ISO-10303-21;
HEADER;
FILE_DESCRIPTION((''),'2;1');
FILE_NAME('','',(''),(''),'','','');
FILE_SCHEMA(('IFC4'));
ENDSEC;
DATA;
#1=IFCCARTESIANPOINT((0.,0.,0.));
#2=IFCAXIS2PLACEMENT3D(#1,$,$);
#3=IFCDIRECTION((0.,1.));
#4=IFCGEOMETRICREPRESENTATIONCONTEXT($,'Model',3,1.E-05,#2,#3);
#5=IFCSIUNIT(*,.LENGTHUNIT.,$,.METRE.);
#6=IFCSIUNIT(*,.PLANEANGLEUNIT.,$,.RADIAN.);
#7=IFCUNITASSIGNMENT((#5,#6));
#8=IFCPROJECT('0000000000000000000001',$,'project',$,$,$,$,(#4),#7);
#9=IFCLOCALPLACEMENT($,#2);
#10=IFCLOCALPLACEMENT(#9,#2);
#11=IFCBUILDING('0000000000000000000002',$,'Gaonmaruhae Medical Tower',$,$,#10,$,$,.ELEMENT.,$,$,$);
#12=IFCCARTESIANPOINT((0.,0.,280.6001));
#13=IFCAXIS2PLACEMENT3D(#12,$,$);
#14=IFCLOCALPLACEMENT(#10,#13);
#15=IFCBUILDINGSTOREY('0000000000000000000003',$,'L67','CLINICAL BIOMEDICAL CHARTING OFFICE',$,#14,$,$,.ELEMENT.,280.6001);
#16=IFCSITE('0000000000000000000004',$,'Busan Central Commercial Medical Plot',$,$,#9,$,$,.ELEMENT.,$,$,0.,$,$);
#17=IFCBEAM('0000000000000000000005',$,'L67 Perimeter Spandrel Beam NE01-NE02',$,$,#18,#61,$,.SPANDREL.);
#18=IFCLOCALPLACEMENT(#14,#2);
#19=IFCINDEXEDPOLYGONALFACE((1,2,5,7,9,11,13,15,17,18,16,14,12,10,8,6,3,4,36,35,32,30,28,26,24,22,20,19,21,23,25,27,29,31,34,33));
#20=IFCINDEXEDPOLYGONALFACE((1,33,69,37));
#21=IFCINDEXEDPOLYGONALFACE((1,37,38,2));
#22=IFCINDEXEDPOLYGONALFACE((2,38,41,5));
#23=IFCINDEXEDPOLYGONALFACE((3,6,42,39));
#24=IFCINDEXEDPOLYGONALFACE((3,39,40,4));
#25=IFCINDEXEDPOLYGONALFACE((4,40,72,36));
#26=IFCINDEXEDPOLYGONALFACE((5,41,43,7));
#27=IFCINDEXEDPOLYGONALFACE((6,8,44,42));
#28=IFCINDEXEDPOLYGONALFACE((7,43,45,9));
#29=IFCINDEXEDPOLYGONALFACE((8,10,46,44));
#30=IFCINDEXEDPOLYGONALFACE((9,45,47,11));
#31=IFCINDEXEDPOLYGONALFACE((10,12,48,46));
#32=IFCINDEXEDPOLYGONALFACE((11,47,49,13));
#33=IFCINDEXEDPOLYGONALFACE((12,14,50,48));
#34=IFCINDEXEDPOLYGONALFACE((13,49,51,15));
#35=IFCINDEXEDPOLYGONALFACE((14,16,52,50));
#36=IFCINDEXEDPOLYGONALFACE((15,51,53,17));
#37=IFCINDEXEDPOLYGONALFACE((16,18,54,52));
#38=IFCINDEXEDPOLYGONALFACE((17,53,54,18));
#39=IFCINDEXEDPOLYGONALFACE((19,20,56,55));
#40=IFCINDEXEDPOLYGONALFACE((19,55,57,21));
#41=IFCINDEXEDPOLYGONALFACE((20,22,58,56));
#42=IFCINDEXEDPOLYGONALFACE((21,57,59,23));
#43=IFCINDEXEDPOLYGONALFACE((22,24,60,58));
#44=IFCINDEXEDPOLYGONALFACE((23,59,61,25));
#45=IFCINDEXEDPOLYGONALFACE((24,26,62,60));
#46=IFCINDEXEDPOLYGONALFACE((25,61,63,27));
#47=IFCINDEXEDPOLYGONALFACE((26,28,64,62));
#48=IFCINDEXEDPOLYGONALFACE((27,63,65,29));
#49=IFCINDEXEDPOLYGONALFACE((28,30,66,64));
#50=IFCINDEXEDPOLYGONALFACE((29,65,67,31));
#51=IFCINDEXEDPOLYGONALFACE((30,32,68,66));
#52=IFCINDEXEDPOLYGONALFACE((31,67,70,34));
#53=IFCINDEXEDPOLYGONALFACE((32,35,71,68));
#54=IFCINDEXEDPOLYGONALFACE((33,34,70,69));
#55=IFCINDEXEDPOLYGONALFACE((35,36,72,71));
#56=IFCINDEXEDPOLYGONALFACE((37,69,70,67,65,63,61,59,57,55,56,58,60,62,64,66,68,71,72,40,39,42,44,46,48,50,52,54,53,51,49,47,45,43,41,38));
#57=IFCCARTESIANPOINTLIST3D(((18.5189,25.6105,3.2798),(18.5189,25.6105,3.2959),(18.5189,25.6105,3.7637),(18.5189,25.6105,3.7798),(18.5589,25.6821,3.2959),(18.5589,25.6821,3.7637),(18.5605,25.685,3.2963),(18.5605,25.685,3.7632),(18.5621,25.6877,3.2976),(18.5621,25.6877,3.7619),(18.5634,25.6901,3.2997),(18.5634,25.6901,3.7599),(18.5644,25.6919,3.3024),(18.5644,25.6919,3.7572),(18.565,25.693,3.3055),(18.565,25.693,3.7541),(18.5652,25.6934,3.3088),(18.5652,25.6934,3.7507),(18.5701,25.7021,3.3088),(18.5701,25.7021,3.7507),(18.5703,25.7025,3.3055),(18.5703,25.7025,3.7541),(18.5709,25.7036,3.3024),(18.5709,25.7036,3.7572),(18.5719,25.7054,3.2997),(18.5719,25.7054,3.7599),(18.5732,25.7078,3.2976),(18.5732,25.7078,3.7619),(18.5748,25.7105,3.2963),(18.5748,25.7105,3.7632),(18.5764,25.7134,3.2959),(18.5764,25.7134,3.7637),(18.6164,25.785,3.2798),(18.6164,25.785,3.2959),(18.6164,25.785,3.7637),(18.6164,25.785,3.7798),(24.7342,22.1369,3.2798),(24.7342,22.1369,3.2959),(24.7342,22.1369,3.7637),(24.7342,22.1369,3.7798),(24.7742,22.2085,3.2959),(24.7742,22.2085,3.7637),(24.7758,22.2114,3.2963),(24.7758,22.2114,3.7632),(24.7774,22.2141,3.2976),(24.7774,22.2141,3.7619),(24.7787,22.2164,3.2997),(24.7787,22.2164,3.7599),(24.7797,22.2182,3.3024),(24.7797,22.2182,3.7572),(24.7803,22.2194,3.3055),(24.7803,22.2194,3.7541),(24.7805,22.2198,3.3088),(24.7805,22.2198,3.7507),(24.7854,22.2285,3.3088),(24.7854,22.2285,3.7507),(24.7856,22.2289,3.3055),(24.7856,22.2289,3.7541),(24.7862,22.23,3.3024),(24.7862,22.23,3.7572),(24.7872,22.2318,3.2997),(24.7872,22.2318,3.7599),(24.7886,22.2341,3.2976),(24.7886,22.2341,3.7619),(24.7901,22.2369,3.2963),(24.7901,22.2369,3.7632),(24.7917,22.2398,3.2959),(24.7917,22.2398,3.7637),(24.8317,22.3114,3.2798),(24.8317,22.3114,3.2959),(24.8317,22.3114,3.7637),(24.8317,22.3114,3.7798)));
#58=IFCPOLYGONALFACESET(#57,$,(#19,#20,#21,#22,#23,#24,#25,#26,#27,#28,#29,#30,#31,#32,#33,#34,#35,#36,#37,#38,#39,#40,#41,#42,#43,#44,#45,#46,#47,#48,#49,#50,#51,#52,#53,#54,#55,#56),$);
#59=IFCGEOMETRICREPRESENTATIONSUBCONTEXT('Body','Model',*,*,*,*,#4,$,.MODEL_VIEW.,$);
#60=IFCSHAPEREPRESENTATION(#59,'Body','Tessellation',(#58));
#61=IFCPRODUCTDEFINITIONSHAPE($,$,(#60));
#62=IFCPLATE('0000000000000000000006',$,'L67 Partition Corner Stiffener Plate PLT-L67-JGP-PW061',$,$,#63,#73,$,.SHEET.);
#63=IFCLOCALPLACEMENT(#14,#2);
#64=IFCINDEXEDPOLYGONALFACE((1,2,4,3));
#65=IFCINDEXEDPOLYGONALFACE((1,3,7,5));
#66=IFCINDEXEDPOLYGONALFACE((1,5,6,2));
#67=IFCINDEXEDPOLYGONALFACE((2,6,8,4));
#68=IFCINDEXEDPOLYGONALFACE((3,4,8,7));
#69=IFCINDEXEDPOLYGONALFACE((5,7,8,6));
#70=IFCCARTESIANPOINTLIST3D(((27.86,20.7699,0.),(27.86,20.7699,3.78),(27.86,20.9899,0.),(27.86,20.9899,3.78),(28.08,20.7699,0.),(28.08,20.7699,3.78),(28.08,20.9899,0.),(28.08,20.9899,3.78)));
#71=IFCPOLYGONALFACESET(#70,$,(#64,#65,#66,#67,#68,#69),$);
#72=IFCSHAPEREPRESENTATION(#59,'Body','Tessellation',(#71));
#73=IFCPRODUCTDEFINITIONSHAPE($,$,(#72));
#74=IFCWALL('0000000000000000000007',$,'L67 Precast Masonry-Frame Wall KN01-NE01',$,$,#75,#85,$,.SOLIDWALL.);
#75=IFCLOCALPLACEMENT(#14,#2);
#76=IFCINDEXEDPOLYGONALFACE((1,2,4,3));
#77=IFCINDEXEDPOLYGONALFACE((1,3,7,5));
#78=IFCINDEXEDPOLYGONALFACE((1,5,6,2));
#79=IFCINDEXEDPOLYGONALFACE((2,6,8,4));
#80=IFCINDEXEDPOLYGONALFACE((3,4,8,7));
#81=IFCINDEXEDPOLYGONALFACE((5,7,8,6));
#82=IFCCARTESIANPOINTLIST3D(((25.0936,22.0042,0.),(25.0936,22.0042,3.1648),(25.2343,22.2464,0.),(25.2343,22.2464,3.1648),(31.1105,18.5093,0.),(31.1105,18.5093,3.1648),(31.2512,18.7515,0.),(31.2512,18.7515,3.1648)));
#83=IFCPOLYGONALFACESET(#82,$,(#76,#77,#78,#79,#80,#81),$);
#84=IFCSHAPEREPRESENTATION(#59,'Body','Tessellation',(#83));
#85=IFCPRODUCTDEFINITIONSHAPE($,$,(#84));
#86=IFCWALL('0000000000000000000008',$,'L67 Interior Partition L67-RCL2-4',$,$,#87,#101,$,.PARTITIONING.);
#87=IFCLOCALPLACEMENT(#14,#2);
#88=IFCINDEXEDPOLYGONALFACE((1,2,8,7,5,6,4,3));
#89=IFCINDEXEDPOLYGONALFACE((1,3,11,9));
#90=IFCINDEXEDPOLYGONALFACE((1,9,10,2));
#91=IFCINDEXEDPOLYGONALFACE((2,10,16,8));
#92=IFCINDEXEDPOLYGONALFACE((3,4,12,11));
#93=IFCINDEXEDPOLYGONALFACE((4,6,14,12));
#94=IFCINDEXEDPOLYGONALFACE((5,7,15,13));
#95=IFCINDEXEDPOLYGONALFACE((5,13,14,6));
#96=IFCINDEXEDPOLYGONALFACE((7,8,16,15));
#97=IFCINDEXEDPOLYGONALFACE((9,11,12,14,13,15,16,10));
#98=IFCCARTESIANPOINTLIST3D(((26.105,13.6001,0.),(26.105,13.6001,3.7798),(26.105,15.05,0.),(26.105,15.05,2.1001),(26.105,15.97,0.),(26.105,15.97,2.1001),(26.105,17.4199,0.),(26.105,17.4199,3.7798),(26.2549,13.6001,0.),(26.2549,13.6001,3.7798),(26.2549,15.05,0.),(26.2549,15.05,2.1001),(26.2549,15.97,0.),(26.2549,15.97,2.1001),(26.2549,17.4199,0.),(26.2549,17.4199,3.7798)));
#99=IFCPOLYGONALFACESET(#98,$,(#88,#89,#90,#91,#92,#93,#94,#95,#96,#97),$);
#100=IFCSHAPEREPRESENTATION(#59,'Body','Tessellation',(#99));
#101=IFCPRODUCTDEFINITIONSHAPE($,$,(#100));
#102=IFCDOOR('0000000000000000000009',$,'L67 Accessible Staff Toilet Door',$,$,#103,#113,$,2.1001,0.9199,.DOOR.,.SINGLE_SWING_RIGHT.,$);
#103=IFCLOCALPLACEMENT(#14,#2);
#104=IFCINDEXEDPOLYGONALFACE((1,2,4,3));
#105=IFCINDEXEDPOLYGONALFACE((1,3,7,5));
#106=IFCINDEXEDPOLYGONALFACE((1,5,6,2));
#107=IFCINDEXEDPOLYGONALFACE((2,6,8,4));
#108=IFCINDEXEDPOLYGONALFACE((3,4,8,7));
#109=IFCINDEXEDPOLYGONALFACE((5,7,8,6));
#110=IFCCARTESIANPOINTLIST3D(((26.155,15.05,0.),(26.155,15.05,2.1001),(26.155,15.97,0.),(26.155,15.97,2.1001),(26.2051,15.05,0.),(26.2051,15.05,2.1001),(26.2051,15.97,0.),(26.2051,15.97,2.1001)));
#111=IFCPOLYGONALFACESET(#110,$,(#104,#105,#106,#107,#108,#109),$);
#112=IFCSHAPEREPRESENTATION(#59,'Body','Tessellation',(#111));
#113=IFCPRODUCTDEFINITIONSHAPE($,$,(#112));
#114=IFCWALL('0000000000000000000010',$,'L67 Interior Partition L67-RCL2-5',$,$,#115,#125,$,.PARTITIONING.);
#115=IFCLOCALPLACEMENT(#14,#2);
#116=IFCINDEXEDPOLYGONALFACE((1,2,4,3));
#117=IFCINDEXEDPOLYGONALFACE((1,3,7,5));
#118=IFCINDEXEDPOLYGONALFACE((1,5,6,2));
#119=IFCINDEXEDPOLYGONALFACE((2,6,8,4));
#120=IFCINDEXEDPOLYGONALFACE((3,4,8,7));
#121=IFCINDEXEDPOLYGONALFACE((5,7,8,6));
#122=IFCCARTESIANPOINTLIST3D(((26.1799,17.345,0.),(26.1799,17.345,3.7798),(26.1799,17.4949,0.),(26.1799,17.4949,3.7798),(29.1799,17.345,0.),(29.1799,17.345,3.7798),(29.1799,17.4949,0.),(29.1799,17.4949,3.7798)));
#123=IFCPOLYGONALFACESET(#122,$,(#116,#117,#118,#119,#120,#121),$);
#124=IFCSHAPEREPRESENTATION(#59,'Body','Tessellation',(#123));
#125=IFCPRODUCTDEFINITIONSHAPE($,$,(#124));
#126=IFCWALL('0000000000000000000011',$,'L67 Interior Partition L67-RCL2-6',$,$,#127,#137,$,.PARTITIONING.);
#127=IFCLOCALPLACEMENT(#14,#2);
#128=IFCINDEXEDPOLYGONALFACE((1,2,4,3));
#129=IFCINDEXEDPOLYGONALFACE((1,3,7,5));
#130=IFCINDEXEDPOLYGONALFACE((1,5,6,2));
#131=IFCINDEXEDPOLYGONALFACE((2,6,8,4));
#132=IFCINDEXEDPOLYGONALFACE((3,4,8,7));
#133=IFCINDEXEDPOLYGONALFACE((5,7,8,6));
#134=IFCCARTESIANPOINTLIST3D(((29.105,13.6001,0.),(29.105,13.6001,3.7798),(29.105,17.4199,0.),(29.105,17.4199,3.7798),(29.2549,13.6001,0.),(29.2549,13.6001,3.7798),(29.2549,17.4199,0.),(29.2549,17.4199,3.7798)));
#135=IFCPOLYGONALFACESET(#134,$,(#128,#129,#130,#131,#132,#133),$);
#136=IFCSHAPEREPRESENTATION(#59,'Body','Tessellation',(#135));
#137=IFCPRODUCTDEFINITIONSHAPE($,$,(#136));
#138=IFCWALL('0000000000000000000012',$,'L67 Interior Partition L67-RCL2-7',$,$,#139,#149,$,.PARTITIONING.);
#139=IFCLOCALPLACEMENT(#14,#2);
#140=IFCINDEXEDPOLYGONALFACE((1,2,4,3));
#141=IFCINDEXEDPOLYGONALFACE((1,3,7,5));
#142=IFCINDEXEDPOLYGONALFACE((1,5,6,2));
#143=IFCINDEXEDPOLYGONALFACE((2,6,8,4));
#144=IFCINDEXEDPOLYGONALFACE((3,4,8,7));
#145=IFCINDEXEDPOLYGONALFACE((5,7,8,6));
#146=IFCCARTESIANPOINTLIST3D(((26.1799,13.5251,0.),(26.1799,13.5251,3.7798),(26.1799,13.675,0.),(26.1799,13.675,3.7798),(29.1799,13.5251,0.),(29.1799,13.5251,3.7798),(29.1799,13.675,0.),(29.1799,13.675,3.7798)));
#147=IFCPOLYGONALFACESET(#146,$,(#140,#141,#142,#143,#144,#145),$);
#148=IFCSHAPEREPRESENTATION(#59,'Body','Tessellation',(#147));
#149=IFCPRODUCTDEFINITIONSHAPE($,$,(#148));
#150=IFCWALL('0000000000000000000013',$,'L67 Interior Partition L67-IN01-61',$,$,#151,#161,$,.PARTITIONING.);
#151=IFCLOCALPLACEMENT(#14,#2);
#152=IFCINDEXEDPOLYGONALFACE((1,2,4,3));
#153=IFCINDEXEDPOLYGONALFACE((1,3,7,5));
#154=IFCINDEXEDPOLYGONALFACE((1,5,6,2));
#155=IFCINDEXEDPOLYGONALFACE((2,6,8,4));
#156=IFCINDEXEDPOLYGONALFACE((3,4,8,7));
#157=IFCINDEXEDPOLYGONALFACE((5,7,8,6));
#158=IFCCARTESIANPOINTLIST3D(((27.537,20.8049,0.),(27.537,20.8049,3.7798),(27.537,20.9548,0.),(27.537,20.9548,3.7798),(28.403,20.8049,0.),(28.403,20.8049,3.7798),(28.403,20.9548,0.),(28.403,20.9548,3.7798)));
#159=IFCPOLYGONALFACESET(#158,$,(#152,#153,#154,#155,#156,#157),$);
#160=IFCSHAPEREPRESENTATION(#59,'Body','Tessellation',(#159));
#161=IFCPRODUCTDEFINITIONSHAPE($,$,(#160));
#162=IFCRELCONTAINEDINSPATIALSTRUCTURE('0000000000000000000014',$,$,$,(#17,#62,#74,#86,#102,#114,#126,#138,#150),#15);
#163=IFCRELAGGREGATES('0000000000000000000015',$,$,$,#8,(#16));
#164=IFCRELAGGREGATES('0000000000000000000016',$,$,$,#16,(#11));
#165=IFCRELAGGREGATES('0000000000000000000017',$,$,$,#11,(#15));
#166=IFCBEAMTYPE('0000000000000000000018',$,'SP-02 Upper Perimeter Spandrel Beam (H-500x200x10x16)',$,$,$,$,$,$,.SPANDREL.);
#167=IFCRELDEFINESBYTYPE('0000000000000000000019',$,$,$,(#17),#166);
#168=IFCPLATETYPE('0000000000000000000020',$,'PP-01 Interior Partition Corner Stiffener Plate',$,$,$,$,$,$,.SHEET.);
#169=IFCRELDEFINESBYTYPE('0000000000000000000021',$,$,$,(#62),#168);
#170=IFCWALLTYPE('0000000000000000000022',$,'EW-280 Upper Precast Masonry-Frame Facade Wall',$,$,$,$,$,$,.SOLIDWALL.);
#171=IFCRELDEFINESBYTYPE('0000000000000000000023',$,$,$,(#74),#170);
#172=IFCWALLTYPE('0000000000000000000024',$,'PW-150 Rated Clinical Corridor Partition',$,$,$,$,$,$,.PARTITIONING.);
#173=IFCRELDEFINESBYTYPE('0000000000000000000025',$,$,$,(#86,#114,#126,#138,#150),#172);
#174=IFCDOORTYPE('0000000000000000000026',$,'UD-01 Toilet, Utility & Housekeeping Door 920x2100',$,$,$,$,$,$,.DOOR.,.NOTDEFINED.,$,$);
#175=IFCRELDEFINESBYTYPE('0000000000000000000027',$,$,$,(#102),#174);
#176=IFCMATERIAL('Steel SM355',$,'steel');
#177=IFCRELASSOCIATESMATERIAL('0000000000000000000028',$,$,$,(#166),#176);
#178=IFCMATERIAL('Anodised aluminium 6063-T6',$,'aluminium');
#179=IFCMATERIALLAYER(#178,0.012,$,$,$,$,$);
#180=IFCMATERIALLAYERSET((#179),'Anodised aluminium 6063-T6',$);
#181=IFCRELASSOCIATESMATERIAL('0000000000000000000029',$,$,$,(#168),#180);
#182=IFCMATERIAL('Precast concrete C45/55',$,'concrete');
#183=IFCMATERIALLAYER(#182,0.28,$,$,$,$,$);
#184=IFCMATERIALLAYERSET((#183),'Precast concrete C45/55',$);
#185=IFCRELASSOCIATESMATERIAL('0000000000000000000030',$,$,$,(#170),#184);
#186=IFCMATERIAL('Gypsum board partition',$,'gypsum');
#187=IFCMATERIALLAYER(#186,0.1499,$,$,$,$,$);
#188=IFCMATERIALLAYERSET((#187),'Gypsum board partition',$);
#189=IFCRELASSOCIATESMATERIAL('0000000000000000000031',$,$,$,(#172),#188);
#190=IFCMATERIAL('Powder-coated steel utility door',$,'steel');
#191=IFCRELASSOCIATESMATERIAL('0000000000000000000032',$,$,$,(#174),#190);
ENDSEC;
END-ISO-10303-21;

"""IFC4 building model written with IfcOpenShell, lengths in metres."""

from ifc_helpers import new_model, si_unit, direction, frame, frame_2d, origin, origin_2d, place, context, subcontext, project, spatial, rectangle, i_section, extrude, material, layer, layer_set, material_profile, profile_set, type_object, element, fill, save


model = new_model("IFC4")

# Units and contexts
model_context = context("Model", 3, precision=1e-05, world=origin(), true_north=direction((0.0, 1.0)))
body_context = subcontext(model_context, "Body", "Model", "MODEL_VIEW")
ifc_project = project(units=[si_unit("LENGTHUNIT", "METRE"), si_unit("PLANEANGLEUNIT", "RADIAN")], contexts=[model_context])

# Site, building, storey
site_placement = place(None, origin())
site = spatial("IfcSite", under=ifc_project, at=site_placement, Name="Busan Central Commercial Medical Plot", CompositionType="ELEMENT", RefElevation=0.0)
building_placement = place(site_placement, origin())
building = spatial("IfcBuilding", under=site, at=building_placement, Name="Gaonmaruhae Medical Tower", CompositionType="ELEMENT")
storey_placement = place(building_placement, frame((0.0, 0.0, 280.6001)))
storey = spatial("IfcBuildingStorey", under=building, at=storey_placement, Name="L67", Description="CLINICAL BIOMEDICAL CHARTING OFFICE", CompositionType="ELEMENT", Elevation=280.6001)

# Beam
ifc_material_1 = material(Name="Steel SM355", Category="steel")
ifc_material_profile_1 = material_profile(ifc_material_1, i_section(OverallWidth=0.2, OverallDepth=0.5, WebThickness=0.01, FlangeThickness=0.0161, FilletRadius=0.0129, at=origin_2d()), Name="H-500x200x10x16")
ifc_profile_set_1 = profile_set([ifc_material_profile_1], Name="Steel SM355")
beam_type_1 = type_object("IfcBeamType", Name="SP-02 Upper Perimeter Spandrel Beam (H-500x200x10x16)", PredefinedType="SPANDREL", material=ifc_profile_set_1)
beam_1_placement = place(storey_placement, frame((24.783, 22.2241, 3.5298), z_axis=(-0.872922, 0.48786, 0.0), x_axis=(-0.48786, -0.872922, 0.0)))
element("IfcBeam", 1, at=beam_1_placement, inside=storey, type_object=beam_type_1, Name="L67 Perimeter Spandrel Beam NE01-NE02", PredefinedType="SPANDREL", context=body_context, shape_type="SweptSolid", body=[
    extrude(i_section(OverallWidth=0.2, OverallDepth=0.5, WebThickness=0.01, FlangeThickness=0.0161, FilletRadius=0.0129, at=origin_2d()), origin(), (0.0, 0.0, 1.0), 7.1201),
])

# Plate
ifc_material_2 = material(Name="Anodised aluminium 6063-T6", Category="aluminium")
ifc_layer_1 = layer(ifc_material_2, 0.012)
ifc_layer_set_1 = layer_set([ifc_layer_1], Name="Anodised aluminium 6063-T6")
plate_type = type_object("IfcPlateType", Name="PP-01 Interior Partition Corner Stiffener Plate", PredefinedType="SHEET", material=ifc_layer_set_1)
plate_placement = place(storey_placement, frame((27.97, 20.8799, 0.0), z_axis=(0.0, 0.0, 1.0), x_axis=(-1.0, 0.0, 0.0)))
element("IfcPlate", 2, at=plate_placement, inside=storey, type_object=plate_type, Name="L67 Partition Corner Stiffener Plate PLT-L67-JGP-PW061", PredefinedType="SHEET", context=body_context, shape_type="SweptSolid", body=[
    extrude(rectangle(XDim=0.22, YDim=0.22, at=origin_2d()), origin(), (0.0, 0.0, 1.0), 3.78),
])

# Wall
ifc_material_3 = material(Name="Precast concrete C45/55", Category="concrete")
ifc_layer_2 = layer(ifc_material_3, 0.28)
ifc_layer_set_2 = layer_set([ifc_layer_2], Name="Precast concrete C45/55")
wall_type_1 = type_object("IfcWallType", Name="EW-280 Upper Precast Masonry-Frame Facade Wall", PredefinedType="SOLIDWALL", material=ifc_layer_set_2)
wall_1_placement = place(storey_placement, frame((25.1641, 22.1252, 0.0), z_axis=(0.0, 0.0, 1.0), x_axis=(0.864713, -0.502267, 0.0)))
element("IfcWall", 3, at=wall_1_placement, inside=storey, type_object=wall_type_1, Name="L67 Precast Masonry-Frame Wall KN01-NE01", PredefinedType="SOLIDWALL", context=body_context, shape_type="SweptSolid", body=[
    extrude(rectangle(XDim=6.9583, YDim=0.28, at=frame_2d((3.479, 0.0))), origin(), (0.0, 0.0, 1.0), 3.1648),
])

# Wall, opening, door
ifc_material_4 = material(Name="Gypsum board partition", Category="gypsum")
ifc_layer_3 = layer(ifc_material_4, 0.1499)
ifc_layer_set_3 = layer_set([ifc_layer_3], Name="Gypsum board partition")
wall_type_2 = type_object("IfcWallType", Name="PW-150 Rated Clinical Corridor Partition", PredefinedType="PARTITIONING", material=ifc_layer_set_3)
wall_2_placement = place(storey_placement, frame((26.1799, 13.6001, 0.0), z_axis=(0.0, 0.0, 1.0), x_axis=(0.0, 1.0, 0.0)))
wall_2 = element("IfcWall", 4, at=wall_2_placement, inside=storey, type_object=wall_type_2, Name="L67 Interior Partition L67-RCL2-4", PredefinedType="PARTITIONING", context=body_context, shape_type="SweptSolid", body=[
    extrude(rectangle(XDim=3.8198, YDim=0.1499, at=frame_2d((1.9099, 0.0))), origin(), (0.0, 0.0, 1.0), 3.7798),
])
opening_1_placement = place(wall_2_placement, frame((1.45, 0.0, 0.0)))
opening_1 = element("IfcOpeningElement", 5, at=opening_1_placement, cuts=wall_2, PredefinedType="OPENING", context=body_context, shape_type="SweptSolid", body=[
    extrude(rectangle(XDim=0.9199, YDim=2.1001, at=frame_2d((0.46, 1.05))), frame((0.0, 0.085, 0.0), z_axis=(0.0, -1.0, 0.0), x_axis=(1.0, 0.0, 0.0)), (0.0, 0.0, 1.0), 0.1699),
])
ifc_material_5 = material(Name="Powder-coated steel utility door", Category="steel")
door_type_1 = type_object("IfcDoorType", Name="UD-01 Toilet, Utility & Housekeeping Door 920x2100", OperationType="NOTDEFINED", PredefinedType="DOOR", material=ifc_material_5)
door_1_placement = place(opening_1_placement, origin())
door_1 = element("IfcDoor", 6, at=door_1_placement, inside=storey, type_object=door_type_1, Name="L67 Accessible Staff Toilet Door", OperationType="SINGLE_SWING_RIGHT", OverallHeight=2.1001, OverallWidth=0.9199, PredefinedType="DOOR", context=body_context, shape_type="SweptSolid", body=[
    extrude(rectangle(XDim=0.9199, YDim=2.1001, at=frame_2d((0.46, 1.05))), frame((0.0, 0.0249, 0.0), z_axis=(0.0, -1.0, 0.0), x_axis=(1.0, 0.0, 0.0)), (0.0, 0.0, 1.0), 0.05),
])
fill(opening_1, door_1)

# Walls
wall_3_placement = place(storey_placement, frame((26.1799, 17.4199, 0.0), z_axis=(0.0, 0.0, 1.0), x_axis=(1.0, 0.0, 0.0)))
element("IfcWall", 7, at=wall_3_placement, inside=storey, type_object=wall_type_2, Name="L67 Interior Partition L67-RCL2-5", PredefinedType="PARTITIONING", context=body_context, shape_type="SweptSolid", body=[
    extrude(rectangle(XDim=3.0, YDim=0.1499, at=frame_2d((1.5, 0.0))), origin(), (0.0, 0.0, 1.0), 3.7798),
])
wall_4_placement = place(storey_placement, frame((29.1799, 17.4199, 0.0), z_axis=(0.0, 0.0, 1.0), x_axis=(0.0, -1.0, 0.0)))
element("IfcWall", 8, at=wall_4_placement, inside=storey, type_object=wall_type_2, Name="L67 Interior Partition L67-RCL2-6", PredefinedType="PARTITIONING", context=body_context, shape_type="SweptSolid", body=[
    extrude(rectangle(XDim=3.8198, YDim=0.1499, at=frame_2d((1.9099, 0.0))), origin(), (0.0, 0.0, 1.0), 3.7798),
])
wall_5_placement = place(storey_placement, frame((29.1799, 13.6001, 0.0), z_axis=(0.0, 0.0, 1.0), x_axis=(-1.0, 0.0, 0.0)))
element("IfcWall", 9, at=wall_5_placement, inside=storey, type_object=wall_type_2, Name="L67 Interior Partition L67-RCL2-7", PredefinedType="PARTITIONING", context=body_context, shape_type="SweptSolid", body=[
    extrude(rectangle(XDim=3.0, YDim=0.1499, at=frame_2d((1.5, 0.0))), origin(), (0.0, 0.0, 1.0), 3.7798),
])
wall_6_placement = place(storey_placement, frame((28.4031, 20.8799, 0.0), z_axis=(0.0, 0.0, 1.0), x_axis=(-1.0, 0.0, 0.0)))
element("IfcWall", 10, at=wall_6_placement, inside=storey, type_object=wall_type_2, Name="L67 Interior Partition L67-IN01-61", PredefinedType="PARTITIONING", context=body_context, shape_type="SweptSolid", body=[
    extrude(rectangle(XDim=0.866, YDim=0.1499, at=frame_2d((0.4331, 0.0))), origin(), (0.0, 0.0, 1.0), 3.7798),
])

save(model, "model.ifc")
